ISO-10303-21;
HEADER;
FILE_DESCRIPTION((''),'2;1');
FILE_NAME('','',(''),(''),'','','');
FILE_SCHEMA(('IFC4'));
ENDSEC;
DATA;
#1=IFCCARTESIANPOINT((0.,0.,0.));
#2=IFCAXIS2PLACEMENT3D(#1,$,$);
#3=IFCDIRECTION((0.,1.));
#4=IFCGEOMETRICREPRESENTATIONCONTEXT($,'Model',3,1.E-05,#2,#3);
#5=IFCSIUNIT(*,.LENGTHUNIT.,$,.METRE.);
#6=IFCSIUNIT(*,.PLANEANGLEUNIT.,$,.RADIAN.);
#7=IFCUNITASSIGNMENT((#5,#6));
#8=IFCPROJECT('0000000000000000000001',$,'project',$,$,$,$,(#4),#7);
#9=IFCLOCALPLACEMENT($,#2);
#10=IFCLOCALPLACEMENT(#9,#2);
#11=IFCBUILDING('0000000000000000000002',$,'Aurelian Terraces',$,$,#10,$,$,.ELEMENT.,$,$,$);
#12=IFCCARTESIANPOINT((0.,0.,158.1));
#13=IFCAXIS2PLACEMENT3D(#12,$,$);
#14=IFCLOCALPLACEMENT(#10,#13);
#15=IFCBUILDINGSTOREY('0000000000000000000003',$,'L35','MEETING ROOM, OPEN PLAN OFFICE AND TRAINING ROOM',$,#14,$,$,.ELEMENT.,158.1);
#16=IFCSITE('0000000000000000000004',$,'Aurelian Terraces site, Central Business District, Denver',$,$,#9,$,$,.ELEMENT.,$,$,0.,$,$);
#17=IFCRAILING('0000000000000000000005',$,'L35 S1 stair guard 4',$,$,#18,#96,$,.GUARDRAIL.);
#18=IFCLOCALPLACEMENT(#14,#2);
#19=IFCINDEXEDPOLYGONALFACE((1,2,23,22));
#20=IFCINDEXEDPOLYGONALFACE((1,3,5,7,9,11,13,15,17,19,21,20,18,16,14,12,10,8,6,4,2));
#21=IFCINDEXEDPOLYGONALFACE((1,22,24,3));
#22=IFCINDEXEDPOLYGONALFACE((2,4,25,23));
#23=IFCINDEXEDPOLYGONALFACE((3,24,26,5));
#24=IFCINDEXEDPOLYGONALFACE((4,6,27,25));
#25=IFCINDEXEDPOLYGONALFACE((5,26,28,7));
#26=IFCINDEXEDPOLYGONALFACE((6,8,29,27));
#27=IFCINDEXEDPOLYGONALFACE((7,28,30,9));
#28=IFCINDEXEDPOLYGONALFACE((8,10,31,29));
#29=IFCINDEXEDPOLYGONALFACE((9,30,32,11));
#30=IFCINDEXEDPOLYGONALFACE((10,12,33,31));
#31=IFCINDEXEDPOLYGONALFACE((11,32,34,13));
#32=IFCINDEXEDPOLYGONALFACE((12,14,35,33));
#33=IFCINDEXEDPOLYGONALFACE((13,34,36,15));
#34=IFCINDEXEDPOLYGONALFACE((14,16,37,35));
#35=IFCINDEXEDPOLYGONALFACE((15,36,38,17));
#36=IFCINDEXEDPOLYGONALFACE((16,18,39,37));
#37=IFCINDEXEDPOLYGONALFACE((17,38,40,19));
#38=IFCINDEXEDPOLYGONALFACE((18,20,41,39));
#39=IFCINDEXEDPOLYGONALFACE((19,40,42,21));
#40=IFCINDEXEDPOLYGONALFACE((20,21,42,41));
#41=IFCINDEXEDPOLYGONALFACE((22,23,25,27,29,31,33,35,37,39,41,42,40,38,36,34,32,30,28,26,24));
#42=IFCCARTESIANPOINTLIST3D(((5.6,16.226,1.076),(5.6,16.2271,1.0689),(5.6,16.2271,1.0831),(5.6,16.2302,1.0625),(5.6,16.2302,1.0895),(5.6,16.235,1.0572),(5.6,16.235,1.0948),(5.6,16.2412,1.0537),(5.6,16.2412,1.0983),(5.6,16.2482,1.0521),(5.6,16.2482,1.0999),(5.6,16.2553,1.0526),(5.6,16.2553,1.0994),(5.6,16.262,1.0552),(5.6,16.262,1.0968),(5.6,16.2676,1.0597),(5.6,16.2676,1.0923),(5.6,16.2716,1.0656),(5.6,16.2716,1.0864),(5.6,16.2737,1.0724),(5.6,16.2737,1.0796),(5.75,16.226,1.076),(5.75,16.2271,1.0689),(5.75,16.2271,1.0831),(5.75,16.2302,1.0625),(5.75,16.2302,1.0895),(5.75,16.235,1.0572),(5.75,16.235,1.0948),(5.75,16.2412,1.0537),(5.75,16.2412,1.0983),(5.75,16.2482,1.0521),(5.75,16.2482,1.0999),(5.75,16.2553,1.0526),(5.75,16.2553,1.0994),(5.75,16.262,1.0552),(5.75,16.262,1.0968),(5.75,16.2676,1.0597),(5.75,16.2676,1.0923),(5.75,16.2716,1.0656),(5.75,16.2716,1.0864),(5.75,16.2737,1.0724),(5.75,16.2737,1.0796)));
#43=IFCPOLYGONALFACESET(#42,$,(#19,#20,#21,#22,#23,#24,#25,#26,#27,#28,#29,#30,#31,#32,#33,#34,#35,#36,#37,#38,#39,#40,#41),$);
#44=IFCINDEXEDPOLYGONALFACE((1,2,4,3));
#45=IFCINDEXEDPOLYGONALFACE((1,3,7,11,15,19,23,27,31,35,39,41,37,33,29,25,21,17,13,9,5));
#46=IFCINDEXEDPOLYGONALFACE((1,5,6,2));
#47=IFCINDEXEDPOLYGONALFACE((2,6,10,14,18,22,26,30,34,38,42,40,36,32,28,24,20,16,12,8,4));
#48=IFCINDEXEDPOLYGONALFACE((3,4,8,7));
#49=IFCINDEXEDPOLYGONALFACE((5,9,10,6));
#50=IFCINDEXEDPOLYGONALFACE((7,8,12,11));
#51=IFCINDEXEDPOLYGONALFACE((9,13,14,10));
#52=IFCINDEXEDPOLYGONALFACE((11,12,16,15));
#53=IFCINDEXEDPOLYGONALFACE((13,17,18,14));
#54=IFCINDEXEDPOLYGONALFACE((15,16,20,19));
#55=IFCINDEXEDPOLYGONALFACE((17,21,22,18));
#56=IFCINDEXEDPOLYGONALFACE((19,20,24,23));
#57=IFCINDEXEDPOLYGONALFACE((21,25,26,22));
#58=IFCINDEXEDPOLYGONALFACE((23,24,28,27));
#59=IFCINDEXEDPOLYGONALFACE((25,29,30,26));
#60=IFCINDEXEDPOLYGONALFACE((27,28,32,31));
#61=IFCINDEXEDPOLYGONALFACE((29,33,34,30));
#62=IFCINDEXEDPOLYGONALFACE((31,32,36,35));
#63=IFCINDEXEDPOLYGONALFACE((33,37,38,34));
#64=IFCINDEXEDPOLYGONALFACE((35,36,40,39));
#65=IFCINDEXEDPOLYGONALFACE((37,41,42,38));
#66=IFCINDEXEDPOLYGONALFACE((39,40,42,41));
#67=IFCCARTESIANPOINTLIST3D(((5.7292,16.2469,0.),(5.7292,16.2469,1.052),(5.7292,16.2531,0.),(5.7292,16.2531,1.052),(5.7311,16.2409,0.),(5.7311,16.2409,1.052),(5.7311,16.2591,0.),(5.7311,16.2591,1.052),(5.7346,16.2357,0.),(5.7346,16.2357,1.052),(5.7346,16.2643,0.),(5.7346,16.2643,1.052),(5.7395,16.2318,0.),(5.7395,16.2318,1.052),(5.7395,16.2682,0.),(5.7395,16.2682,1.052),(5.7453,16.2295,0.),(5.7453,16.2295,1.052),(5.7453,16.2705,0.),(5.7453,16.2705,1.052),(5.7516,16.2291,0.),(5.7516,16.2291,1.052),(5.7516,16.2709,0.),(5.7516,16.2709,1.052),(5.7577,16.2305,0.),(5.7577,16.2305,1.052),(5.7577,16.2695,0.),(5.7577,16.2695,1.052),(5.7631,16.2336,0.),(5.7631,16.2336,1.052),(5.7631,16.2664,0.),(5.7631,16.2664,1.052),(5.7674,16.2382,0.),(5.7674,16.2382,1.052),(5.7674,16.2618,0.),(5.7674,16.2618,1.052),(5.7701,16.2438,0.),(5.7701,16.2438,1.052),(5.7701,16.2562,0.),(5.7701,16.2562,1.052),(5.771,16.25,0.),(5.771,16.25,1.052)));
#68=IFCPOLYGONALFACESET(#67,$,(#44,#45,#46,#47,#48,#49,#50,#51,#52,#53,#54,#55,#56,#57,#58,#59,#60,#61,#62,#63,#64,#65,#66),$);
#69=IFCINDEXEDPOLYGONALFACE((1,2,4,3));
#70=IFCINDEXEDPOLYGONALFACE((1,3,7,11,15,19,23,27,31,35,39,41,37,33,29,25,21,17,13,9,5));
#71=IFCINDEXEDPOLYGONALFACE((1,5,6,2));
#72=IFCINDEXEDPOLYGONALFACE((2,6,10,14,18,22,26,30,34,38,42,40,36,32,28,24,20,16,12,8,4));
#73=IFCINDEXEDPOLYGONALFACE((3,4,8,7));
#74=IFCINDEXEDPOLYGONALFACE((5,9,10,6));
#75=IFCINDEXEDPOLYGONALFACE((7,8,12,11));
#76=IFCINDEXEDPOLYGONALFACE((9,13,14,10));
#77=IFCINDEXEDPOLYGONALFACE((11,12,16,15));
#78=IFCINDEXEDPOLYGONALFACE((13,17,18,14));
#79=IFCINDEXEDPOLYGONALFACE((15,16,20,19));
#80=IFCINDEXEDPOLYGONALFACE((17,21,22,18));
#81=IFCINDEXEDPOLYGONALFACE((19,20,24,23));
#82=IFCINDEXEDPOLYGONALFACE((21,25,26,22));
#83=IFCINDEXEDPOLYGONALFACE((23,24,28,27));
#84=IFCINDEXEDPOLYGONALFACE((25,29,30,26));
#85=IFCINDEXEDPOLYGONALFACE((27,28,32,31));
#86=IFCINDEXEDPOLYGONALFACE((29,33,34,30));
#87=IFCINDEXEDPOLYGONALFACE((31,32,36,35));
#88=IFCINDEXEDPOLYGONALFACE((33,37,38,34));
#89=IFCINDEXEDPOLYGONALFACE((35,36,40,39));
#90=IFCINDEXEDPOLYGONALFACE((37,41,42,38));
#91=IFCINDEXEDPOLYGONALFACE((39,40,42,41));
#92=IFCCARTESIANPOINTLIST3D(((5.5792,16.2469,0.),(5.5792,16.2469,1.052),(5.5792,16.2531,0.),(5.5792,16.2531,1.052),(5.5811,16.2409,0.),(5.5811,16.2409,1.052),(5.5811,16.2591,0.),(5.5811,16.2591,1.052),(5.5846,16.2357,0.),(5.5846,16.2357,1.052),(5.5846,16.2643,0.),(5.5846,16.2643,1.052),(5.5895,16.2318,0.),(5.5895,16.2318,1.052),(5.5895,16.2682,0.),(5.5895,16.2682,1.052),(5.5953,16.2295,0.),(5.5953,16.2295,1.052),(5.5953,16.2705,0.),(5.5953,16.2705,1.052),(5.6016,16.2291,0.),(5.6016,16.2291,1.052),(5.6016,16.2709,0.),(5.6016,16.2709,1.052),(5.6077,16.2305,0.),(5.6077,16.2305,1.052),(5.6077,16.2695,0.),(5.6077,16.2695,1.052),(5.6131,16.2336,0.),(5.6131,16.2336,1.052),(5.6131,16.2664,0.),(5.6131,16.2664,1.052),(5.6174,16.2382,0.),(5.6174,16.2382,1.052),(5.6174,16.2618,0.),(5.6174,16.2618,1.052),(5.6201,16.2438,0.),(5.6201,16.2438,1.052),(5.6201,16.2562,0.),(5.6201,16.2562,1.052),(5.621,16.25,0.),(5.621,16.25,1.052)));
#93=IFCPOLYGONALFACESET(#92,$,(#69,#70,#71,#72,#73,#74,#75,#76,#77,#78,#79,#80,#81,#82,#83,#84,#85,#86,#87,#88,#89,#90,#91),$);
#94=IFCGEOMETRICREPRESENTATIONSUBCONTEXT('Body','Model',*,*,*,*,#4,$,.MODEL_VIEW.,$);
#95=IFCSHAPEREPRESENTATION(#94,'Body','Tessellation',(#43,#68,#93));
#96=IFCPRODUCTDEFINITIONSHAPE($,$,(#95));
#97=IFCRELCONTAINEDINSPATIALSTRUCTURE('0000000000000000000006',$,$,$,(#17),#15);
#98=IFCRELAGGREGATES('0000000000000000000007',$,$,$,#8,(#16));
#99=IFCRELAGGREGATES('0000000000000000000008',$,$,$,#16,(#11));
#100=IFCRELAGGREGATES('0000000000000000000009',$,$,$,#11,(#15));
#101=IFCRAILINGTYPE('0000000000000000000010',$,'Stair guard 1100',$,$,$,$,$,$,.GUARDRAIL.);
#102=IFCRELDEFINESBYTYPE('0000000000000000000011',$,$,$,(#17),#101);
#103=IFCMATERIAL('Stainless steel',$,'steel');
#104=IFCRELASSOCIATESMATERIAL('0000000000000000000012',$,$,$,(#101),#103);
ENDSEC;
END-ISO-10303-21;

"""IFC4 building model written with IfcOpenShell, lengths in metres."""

from ifc_helpers import new_model, si_unit, direction, frame, origin, origin_2d, place, context, subcontext, project, spatial, circle, extrude, source, transform, mapped, material, type_object, element, save


model = new_model("IFC4")

# Units and contexts
model_context = context("Model", 3, precision=1e-05, world=origin(), true_north=direction((0.0, 1.0)))
body_context = subcontext(model_context, "Body", "Model", "MODEL_VIEW")
ifc_project = project(units=[si_unit("LENGTHUNIT", "METRE"), si_unit("PLANEANGLEUNIT", "RADIAN")], contexts=[model_context])

# Site, building, storey
site_placement = place(None, origin())
site = spatial("IfcSite", under=ifc_project, at=site_placement, Name="Aurelian Terraces site, Central Business District, Denver", CompositionType="ELEMENT", RefElevation=0.0)
building_placement = place(site_placement, origin())
building = spatial("IfcBuilding", under=site, at=building_placement, Name="Aurelian Terraces", CompositionType="ELEMENT")
storey_placement = place(building_placement, frame((0.0, 0.0, 158.1)))
storey = spatial("IfcBuildingStorey", under=building, at=storey_placement, Name="L35", Description="MEETING ROOM, OPEN PLAN OFFICE AND TRAINING ROOM", CompositionType="ELEMENT", Elevation=158.1)

# Shared definitions
ifc_material_1 = material(Name="Stainless steel", Category="steel")

# Railing
railing_type_1 = type_object("IfcRailingType", Name="Stair guard 1100", PredefinedType="GUARDRAIL", material=ifc_material_1)
shared_shape_1 = source(origin(), body_context, "Body", "SweptSolid", [
    extrude(circle(Radius=0.024, at=origin_2d()), frame((0.0, 0.0, 1.076), z_axis=(-1.0, 0.0, 0.0), x_axis=(0.0, -1.0, 0.0)), (0.0, 0.0, 1.0), 0.15),
    extrude(circle(Radius=0.021, at=origin_2d()), origin(), (0.0, 0.0, 1.0), 1.052),
    extrude(circle(Radius=0.021, at=origin_2d()), frame((-0.15, 0.0, 0.0)), (0.0, 0.0, 1.0), 1.052),
])
railing_1_placement = place(storey_placement, frame((5.75, 16.25, 0.0)))
element("IfcRailing", 1, at=railing_1_placement, inside=storey, type_object=railing_type_1, Name="L35 S1 stair guard 4", PredefinedType="GUARDRAIL", context=body_context, shape_type="MappedRepresentation", body=[
    mapped(shared_shape_1, transform((0.0, 0.0, 0.0), scale=1.0)),
])

save(model, "model.ifc")
